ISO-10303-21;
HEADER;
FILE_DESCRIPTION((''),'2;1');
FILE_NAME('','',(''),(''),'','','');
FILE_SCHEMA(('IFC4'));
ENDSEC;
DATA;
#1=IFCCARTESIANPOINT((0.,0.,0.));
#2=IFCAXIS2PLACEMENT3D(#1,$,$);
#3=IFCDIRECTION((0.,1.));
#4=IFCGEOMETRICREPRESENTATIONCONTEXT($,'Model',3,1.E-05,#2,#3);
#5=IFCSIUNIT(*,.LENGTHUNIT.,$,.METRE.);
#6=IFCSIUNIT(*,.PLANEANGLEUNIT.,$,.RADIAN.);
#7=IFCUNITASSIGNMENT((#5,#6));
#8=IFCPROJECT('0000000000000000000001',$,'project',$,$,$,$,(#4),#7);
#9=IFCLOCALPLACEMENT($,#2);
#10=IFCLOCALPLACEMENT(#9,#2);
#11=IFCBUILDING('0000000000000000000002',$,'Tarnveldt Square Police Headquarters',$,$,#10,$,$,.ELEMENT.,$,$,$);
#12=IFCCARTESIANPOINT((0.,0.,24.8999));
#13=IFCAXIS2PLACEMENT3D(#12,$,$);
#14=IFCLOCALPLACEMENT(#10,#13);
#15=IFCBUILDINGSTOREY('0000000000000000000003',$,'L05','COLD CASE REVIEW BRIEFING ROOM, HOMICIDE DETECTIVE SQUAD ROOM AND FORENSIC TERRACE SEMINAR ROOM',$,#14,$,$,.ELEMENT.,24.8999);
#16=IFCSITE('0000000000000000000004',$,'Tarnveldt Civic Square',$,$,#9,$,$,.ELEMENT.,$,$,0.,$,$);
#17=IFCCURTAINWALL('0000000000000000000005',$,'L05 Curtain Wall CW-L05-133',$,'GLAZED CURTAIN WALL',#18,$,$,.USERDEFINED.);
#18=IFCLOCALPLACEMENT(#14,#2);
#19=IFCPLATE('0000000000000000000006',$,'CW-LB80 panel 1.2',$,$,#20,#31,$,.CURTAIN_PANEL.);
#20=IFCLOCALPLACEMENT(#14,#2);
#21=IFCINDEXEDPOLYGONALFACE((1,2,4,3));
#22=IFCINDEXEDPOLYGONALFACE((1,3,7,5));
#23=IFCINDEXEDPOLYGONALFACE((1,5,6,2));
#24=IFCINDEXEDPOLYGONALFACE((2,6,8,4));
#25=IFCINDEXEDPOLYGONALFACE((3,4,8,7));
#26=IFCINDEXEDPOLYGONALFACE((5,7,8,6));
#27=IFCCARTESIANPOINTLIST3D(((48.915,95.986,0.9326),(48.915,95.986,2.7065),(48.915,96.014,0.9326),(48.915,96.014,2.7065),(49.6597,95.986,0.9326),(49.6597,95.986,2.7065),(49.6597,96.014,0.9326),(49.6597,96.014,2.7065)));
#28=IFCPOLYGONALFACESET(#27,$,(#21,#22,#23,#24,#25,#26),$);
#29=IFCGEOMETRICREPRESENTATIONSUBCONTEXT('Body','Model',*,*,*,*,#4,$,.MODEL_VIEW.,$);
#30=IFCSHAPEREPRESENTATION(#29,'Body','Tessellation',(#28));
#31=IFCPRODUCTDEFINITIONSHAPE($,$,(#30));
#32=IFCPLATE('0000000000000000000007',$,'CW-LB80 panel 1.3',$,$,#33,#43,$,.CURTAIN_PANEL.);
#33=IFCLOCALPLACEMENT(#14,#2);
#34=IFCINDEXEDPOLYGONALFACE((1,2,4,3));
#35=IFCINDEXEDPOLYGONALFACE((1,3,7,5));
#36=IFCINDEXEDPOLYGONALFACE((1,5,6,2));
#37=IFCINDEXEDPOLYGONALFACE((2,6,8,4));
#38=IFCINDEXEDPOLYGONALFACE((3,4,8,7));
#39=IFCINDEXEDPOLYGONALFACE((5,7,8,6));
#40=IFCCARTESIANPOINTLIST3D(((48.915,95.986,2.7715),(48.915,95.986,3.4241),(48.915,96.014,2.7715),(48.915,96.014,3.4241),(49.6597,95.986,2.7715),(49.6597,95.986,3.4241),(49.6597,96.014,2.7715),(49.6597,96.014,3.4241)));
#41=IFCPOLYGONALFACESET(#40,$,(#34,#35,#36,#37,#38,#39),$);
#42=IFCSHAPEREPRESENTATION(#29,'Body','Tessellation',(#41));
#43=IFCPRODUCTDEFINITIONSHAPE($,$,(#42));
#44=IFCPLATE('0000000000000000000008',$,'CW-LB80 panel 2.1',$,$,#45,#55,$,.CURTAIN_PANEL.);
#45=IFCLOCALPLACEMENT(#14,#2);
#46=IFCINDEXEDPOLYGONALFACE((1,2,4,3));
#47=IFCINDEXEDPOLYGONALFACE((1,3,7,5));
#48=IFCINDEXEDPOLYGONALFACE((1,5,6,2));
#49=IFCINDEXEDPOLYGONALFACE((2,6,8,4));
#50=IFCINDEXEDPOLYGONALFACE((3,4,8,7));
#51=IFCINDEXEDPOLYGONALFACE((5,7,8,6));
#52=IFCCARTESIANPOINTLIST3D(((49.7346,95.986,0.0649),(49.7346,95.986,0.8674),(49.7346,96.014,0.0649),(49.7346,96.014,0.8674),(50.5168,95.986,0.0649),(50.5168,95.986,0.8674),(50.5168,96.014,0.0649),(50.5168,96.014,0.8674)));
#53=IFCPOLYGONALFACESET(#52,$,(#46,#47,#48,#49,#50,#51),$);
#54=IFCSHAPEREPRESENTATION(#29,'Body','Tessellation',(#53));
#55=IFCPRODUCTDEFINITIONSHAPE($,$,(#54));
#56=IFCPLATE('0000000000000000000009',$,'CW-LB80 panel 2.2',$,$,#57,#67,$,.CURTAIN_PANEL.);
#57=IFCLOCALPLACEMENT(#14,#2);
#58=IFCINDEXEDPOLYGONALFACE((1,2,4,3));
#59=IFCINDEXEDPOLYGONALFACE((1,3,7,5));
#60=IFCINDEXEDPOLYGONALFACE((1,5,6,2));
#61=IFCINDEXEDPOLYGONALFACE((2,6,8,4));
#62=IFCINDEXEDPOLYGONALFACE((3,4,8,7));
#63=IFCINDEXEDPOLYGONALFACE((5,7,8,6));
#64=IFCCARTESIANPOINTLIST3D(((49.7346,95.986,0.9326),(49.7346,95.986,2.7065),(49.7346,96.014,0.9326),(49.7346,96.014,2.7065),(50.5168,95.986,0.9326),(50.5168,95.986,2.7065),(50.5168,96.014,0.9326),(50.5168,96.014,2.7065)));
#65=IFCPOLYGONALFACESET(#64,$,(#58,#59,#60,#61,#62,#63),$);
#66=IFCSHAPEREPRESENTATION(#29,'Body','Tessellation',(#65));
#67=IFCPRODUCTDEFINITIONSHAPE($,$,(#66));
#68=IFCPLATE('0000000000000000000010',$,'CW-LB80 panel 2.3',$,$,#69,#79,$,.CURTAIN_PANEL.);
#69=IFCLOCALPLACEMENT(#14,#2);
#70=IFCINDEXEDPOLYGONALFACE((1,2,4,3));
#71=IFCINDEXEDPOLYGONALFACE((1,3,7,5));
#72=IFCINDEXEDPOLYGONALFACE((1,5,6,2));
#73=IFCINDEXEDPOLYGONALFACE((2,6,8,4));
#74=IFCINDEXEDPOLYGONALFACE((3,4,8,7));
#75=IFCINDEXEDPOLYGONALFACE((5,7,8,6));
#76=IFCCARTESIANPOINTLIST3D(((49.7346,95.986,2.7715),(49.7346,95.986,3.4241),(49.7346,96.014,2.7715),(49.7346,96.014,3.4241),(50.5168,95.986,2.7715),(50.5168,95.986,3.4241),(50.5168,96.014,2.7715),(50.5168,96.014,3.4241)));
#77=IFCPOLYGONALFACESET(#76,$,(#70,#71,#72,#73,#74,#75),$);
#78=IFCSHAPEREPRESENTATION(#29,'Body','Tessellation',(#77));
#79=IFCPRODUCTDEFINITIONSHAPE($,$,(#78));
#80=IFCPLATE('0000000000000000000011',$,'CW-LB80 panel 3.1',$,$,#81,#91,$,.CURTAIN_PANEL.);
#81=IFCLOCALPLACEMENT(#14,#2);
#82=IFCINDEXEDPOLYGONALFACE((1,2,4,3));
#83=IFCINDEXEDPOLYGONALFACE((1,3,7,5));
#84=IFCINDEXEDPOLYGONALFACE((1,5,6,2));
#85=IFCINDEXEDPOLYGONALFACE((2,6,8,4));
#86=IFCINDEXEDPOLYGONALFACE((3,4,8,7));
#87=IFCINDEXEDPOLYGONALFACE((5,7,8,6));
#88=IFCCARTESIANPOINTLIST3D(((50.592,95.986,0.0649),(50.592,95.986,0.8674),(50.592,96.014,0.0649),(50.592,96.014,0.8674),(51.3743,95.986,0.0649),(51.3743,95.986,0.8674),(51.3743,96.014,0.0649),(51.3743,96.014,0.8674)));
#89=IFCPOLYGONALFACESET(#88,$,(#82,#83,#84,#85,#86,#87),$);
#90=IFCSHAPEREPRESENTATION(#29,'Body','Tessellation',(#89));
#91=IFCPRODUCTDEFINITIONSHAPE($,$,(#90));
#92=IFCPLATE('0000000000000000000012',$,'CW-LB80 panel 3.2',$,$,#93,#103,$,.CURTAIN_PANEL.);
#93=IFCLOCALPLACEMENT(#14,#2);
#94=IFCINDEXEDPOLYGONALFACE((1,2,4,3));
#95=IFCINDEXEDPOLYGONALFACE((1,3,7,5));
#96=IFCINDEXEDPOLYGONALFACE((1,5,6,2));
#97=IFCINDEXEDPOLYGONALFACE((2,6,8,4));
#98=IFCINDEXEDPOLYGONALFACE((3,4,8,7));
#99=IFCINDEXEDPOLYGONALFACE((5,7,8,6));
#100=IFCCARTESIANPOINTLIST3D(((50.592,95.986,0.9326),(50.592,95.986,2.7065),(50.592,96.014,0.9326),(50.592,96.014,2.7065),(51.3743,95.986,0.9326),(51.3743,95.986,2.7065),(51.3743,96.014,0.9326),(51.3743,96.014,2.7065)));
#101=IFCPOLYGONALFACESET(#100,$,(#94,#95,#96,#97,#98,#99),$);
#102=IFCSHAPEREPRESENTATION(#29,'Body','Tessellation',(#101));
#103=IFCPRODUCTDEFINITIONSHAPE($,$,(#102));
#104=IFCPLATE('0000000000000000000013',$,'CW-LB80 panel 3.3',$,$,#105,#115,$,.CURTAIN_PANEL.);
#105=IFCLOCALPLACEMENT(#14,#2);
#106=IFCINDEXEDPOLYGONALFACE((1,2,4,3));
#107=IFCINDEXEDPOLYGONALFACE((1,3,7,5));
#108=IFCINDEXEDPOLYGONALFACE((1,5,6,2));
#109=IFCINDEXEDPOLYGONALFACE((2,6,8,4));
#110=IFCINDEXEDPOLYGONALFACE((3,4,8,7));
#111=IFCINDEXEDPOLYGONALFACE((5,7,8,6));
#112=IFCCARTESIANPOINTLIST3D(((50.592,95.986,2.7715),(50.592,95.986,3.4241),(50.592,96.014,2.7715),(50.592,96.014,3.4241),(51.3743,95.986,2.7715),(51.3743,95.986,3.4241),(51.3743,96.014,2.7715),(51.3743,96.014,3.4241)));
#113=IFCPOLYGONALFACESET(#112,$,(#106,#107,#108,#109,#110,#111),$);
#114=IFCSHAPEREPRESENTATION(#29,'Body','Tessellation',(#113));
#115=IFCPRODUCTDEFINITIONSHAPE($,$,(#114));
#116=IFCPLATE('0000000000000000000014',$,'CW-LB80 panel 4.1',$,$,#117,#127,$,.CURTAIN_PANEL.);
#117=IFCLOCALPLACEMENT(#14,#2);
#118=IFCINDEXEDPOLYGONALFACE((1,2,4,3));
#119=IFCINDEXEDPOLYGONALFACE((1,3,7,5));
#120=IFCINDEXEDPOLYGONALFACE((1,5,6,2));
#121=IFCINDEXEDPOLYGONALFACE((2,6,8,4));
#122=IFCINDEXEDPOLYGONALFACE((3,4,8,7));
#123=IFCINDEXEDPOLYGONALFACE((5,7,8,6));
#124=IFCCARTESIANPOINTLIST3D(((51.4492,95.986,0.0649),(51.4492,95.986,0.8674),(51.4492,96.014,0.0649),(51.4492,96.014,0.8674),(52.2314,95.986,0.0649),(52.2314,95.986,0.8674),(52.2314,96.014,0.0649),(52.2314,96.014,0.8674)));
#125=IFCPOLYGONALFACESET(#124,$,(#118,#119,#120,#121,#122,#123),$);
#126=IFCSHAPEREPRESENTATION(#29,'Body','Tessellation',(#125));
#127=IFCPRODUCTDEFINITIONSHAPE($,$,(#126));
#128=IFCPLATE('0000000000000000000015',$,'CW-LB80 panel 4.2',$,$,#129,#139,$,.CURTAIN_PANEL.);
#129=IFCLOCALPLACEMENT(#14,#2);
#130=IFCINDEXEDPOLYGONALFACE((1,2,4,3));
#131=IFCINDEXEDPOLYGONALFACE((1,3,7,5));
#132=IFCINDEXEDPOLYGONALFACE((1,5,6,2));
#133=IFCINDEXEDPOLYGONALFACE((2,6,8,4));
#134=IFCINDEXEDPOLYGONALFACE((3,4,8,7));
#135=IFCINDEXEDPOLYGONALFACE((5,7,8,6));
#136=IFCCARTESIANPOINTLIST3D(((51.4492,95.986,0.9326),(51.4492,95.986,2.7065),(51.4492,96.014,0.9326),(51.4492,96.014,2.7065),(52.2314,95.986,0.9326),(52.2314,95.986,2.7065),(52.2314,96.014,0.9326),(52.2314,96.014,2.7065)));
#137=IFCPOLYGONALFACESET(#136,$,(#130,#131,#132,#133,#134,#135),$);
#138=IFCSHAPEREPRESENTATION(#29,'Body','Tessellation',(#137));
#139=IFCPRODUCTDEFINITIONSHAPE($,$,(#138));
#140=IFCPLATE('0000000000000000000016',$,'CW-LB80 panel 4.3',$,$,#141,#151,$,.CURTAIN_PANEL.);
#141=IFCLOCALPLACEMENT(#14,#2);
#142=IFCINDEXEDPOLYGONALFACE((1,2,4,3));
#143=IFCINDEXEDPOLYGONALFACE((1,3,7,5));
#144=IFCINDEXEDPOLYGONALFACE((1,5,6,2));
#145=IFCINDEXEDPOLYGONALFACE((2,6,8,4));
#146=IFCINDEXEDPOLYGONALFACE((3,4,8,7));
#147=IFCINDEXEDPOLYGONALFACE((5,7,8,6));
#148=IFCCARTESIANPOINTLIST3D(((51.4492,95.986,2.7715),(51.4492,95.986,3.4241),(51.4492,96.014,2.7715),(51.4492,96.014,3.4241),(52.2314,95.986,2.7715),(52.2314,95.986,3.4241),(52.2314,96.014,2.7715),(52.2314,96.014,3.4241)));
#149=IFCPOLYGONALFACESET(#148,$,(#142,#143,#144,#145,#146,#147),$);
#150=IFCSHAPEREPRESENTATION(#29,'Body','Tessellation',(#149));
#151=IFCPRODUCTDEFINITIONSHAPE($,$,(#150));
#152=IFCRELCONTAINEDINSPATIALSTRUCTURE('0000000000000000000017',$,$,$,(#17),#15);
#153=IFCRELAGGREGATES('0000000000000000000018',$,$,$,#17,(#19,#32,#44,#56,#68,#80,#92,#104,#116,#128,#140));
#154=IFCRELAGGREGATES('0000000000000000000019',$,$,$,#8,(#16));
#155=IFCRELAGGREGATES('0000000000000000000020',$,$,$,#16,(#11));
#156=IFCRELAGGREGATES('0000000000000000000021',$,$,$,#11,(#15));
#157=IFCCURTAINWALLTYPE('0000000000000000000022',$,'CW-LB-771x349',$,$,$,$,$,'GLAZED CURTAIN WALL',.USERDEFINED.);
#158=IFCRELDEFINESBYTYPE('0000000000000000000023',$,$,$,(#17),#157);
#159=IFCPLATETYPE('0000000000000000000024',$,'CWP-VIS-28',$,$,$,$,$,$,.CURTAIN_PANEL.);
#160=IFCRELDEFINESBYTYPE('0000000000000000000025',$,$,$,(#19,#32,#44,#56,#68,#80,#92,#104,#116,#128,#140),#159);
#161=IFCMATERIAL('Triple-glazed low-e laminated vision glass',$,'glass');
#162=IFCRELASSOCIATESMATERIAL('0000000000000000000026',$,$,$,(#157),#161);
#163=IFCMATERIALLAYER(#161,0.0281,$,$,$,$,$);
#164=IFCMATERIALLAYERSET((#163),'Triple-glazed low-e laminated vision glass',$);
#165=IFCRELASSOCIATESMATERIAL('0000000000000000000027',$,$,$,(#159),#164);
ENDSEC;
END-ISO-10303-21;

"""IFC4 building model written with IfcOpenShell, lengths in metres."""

from ifc_helpers import new_model, si_unit, direction, frame, origin, origin_2d, place, context, subcontext, project, spatial, rectangle, extrude, material, layer, layer_set, type_object, element, aggregate, save


model = new_model("IFC4")

# Units and contexts
model_context = context("Model", 3, precision=1e-05, world=origin(), true_north=direction((0.0, 1.0)))
body_context = subcontext(model_context, "Body", "Model", "MODEL_VIEW")
ifc_project = project(units=[si_unit("LENGTHUNIT", "METRE"), si_unit("PLANEANGLEUNIT", "RADIAN")], contexts=[model_context])

# Site, building, storey
site_placement = place(None, origin())
site = spatial("IfcSite", under=ifc_project, at=site_placement, Name="Tarnveldt Civic Square", CompositionType="ELEMENT", RefElevation=0.0)
building_placement = place(site_placement, origin())
building = spatial("IfcBuilding", under=site, at=building_placement, Name="Tarnveldt Square Police Headquarters", CompositionType="ELEMENT")
storey_placement = place(building_placement, frame((0.0, 0.0, 24.8999)))
storey = spatial("IfcBuildingStorey", under=building, at=storey_placement, Name="L05", Description="COLD CASE REVIEW BRIEFING ROOM, HOMICIDE DETECTIVE SQUAD ROOM AND FORENSIC TERRACE SEMINAR ROOM", CompositionType="ELEMENT", Elevation=24.8999)

# Curtain wall, plates
ifc_material_1 = material(Name="Triple-glazed low-e laminated vision glass", Category="glass")
curtain_wall_type = type_object("IfcCurtainWallType", Name="CW-LB-771x349", ElementType="GLAZED CURTAIN WALL", PredefinedType="USERDEFINED", material=ifc_material_1)
curtain_wall_placement = place(storey_placement, origin())
curtain_wall = element("IfcCurtainWall", 1, at=curtain_wall_placement, inside=storey, type_object=curtain_wall_type, Name="L05 Curtain Wall CW-L05-133", ObjectType="GLAZED CURTAIN WALL", PredefinedType="USERDEFINED")
ifc_layer = layer(ifc_material_1, 0.0281)
ifc_layer_set = layer_set([ifc_layer], Name="Triple-glazed low-e laminated vision glass")
plate_type = type_object("IfcPlateType", Name="CWP-VIS-28", PredefinedType="CURTAIN_PANEL", material=ifc_layer_set)
plate_1_placement = place(storey_placement, frame((49.2874, 96.0, 0.9326), z_axis=(0.0, 0.0, 1.0), x_axis=(1.0, 0.0, 0.0)))
plate_1 = element("IfcPlate", 2, at=plate_1_placement, type_object=plate_type, Name="CW-LB80 panel 1.2", PredefinedType="CURTAIN_PANEL", context=body_context, shape_type="SweptSolid", body=[
    extrude(rectangle(XDim=0.7446, YDim=0.0281, at=origin_2d()), origin(), (0.0, 0.0, 1.0), 1.7739),
])
plate_2_placement = place(storey_placement, frame((49.2874, 96.0, 2.7715), z_axis=(0.0, 0.0, 1.0), x_axis=(1.0, 0.0, 0.0)))
plate_2 = element("IfcPlate", 3, at=plate_2_placement, type_object=plate_type, Name="CW-LB80 panel 1.3", PredefinedType="CURTAIN_PANEL", context=body_context, shape_type="SweptSolid", body=[
    extrude(rectangle(XDim=0.7446, YDim=0.0281, at=origin_2d()), origin(), (0.0, 0.0, 1.0), 0.6526),
])
plate_3_placement = place(storey_placement, frame((50.1257, 96.0, 0.0649), z_axis=(0.0, 0.0, 1.0), x_axis=(1.0, 0.0, 0.0)))
plate_3 = element("IfcPlate", 4, at=plate_3_placement, type_object=plate_type, Name="CW-LB80 panel 2.1", PredefinedType="CURTAIN_PANEL", context=body_context, shape_type="SweptSolid", body=[
    extrude(rectangle(XDim=0.7822, YDim=0.0281, at=origin_2d()), origin(), (0.0, 0.0, 1.0), 0.8025),
])
plate_4_placement = place(storey_placement, frame((50.1257, 96.0, 0.9326), z_axis=(0.0, 0.0, 1.0), x_axis=(1.0, 0.0, 0.0)))
plate_4 = element("IfcPlate", 5, at=plate_4_placement, type_object=plate_type, Name="CW-LB80 panel 2.2", PredefinedType="CURTAIN_PANEL", context=body_context, shape_type="SweptSolid", body=[
    extrude(rectangle(XDim=0.7822, YDim=0.0281, at=origin_2d()), origin(), (0.0, 0.0, 1.0), 1.7739),
])
plate_5_placement = place(storey_placement, frame((50.1257, 96.0, 2.7715), z_axis=(0.0, 0.0, 1.0), x_axis=(1.0, 0.0, 0.0)))
plate_5 = element("IfcPlate", 6, at=plate_5_placement, type_object=plate_type, Name="CW-LB80 panel 2.3", PredefinedType="CURTAIN_PANEL", context=body_context, shape_type="SweptSolid", body=[
    extrude(rectangle(XDim=0.7822, YDim=0.0281, at=origin_2d()), origin(), (0.0, 0.0, 1.0), 0.6526),
])
plate_6_placement = place(storey_placement, frame((50.9832, 96.0, 0.0649), z_axis=(0.0, 0.0, 1.0), x_axis=(1.0, 0.0, 0.0)))
plate_6 = element("IfcPlate", 7, at=plate_6_placement, type_object=plate_type, Name="CW-LB80 panel 3.1", PredefinedType="CURTAIN_PANEL", context=body_context, shape_type="SweptSolid", body=[
    extrude(rectangle(XDim=0.7822, YDim=0.0281, at=origin_2d()), origin(), (0.0, 0.0, 1.0), 0.8025),
])
plate_7_placement = place(storey_placement, frame((50.9832, 96.0, 0.9326), z_axis=(0.0, 0.0, 1.0), x_axis=(1.0, 0.0, 0.0)))
plate_7 = element("IfcPlate", 8, at=plate_7_placement, type_object=plate_type, Name="CW-LB80 panel 3.2", PredefinedType="CURTAIN_PANEL", context=body_context, shape_type="SweptSolid", body=[
    extrude(rectangle(XDim=0.7822, YDim=0.0281, at=origin_2d()), origin(), (0.0, 0.0, 1.0), 1.7739),
])
plate_8_placement = place(storey_placement, frame((50.9832, 96.0, 2.7715), z_axis=(0.0, 0.0, 1.0), x_axis=(1.0, 0.0, 0.0)))
plate_8 = element("IfcPlate", 9, at=plate_8_placement, type_object=plate_type, Name="CW-LB80 panel 3.3", PredefinedType="CURTAIN_PANEL", context=body_context, shape_type="SweptSolid", body=[
    extrude(rectangle(XDim=0.7822, YDim=0.0281, at=origin_2d()), origin(), (0.0, 0.0, 1.0), 0.6526),
])
plate_9_placement = place(storey_placement, frame((51.8403, 96.0, 0.0649), z_axis=(0.0, 0.0, 1.0), x_axis=(1.0, 0.0, 0.0)))
plate_9 = element("IfcPlate", 10, at=plate_9_placement, type_object=plate_type, Name="CW-LB80 panel 4.1", PredefinedType="CURTAIN_PANEL", context=body_context, shape_type="SweptSolid", body=[
    extrude(rectangle(XDim=0.7822, YDim=0.0281, at=origin_2d()), origin(), (0.0, 0.0, 1.0), 0.8025),
])
plate_10_placement = place(storey_placement, frame((51.8403, 96.0, 0.9326), z_axis=(0.0, 0.0, 1.0), x_axis=(1.0, 0.0, 0.0)))
plate_10 = element("IfcPlate", 11, at=plate_10_placement, type_object=plate_type, Name="CW-LB80 panel 4.2", PredefinedType="CURTAIN_PANEL", context=body_context, shape_type="SweptSolid", body=[
    extrude(rectangle(XDim=0.7822, YDim=0.0281, at=origin_2d()), origin(), (0.0, 0.0, 1.0), 1.7739),
])
plate_11_placement = place(storey_placement, frame((51.8403, 96.0, 2.7715), z_axis=(0.0, 0.0, 1.0), x_axis=(1.0, 0.0, 0.0)))
plate_11 = element("IfcPlate", 12, at=plate_11_placement, type_object=plate_type, Name="CW-LB80 panel 4.3", PredefinedType="CURTAIN_PANEL", context=body_context, shape_type="SweptSolid", body=[
    extrude(rectangle(XDim=0.7822, YDim=0.0281, at=origin_2d()), origin(), (0.0, 0.0, 1.0), 0.6526),
])
aggregate(curtain_wall, [plate_1, plate_2, plate_3, plate_4, plate_5, plate_6, plate_7, plate_8, plate_9, plate_10, plate_11])

save(model, "model.ifc")
